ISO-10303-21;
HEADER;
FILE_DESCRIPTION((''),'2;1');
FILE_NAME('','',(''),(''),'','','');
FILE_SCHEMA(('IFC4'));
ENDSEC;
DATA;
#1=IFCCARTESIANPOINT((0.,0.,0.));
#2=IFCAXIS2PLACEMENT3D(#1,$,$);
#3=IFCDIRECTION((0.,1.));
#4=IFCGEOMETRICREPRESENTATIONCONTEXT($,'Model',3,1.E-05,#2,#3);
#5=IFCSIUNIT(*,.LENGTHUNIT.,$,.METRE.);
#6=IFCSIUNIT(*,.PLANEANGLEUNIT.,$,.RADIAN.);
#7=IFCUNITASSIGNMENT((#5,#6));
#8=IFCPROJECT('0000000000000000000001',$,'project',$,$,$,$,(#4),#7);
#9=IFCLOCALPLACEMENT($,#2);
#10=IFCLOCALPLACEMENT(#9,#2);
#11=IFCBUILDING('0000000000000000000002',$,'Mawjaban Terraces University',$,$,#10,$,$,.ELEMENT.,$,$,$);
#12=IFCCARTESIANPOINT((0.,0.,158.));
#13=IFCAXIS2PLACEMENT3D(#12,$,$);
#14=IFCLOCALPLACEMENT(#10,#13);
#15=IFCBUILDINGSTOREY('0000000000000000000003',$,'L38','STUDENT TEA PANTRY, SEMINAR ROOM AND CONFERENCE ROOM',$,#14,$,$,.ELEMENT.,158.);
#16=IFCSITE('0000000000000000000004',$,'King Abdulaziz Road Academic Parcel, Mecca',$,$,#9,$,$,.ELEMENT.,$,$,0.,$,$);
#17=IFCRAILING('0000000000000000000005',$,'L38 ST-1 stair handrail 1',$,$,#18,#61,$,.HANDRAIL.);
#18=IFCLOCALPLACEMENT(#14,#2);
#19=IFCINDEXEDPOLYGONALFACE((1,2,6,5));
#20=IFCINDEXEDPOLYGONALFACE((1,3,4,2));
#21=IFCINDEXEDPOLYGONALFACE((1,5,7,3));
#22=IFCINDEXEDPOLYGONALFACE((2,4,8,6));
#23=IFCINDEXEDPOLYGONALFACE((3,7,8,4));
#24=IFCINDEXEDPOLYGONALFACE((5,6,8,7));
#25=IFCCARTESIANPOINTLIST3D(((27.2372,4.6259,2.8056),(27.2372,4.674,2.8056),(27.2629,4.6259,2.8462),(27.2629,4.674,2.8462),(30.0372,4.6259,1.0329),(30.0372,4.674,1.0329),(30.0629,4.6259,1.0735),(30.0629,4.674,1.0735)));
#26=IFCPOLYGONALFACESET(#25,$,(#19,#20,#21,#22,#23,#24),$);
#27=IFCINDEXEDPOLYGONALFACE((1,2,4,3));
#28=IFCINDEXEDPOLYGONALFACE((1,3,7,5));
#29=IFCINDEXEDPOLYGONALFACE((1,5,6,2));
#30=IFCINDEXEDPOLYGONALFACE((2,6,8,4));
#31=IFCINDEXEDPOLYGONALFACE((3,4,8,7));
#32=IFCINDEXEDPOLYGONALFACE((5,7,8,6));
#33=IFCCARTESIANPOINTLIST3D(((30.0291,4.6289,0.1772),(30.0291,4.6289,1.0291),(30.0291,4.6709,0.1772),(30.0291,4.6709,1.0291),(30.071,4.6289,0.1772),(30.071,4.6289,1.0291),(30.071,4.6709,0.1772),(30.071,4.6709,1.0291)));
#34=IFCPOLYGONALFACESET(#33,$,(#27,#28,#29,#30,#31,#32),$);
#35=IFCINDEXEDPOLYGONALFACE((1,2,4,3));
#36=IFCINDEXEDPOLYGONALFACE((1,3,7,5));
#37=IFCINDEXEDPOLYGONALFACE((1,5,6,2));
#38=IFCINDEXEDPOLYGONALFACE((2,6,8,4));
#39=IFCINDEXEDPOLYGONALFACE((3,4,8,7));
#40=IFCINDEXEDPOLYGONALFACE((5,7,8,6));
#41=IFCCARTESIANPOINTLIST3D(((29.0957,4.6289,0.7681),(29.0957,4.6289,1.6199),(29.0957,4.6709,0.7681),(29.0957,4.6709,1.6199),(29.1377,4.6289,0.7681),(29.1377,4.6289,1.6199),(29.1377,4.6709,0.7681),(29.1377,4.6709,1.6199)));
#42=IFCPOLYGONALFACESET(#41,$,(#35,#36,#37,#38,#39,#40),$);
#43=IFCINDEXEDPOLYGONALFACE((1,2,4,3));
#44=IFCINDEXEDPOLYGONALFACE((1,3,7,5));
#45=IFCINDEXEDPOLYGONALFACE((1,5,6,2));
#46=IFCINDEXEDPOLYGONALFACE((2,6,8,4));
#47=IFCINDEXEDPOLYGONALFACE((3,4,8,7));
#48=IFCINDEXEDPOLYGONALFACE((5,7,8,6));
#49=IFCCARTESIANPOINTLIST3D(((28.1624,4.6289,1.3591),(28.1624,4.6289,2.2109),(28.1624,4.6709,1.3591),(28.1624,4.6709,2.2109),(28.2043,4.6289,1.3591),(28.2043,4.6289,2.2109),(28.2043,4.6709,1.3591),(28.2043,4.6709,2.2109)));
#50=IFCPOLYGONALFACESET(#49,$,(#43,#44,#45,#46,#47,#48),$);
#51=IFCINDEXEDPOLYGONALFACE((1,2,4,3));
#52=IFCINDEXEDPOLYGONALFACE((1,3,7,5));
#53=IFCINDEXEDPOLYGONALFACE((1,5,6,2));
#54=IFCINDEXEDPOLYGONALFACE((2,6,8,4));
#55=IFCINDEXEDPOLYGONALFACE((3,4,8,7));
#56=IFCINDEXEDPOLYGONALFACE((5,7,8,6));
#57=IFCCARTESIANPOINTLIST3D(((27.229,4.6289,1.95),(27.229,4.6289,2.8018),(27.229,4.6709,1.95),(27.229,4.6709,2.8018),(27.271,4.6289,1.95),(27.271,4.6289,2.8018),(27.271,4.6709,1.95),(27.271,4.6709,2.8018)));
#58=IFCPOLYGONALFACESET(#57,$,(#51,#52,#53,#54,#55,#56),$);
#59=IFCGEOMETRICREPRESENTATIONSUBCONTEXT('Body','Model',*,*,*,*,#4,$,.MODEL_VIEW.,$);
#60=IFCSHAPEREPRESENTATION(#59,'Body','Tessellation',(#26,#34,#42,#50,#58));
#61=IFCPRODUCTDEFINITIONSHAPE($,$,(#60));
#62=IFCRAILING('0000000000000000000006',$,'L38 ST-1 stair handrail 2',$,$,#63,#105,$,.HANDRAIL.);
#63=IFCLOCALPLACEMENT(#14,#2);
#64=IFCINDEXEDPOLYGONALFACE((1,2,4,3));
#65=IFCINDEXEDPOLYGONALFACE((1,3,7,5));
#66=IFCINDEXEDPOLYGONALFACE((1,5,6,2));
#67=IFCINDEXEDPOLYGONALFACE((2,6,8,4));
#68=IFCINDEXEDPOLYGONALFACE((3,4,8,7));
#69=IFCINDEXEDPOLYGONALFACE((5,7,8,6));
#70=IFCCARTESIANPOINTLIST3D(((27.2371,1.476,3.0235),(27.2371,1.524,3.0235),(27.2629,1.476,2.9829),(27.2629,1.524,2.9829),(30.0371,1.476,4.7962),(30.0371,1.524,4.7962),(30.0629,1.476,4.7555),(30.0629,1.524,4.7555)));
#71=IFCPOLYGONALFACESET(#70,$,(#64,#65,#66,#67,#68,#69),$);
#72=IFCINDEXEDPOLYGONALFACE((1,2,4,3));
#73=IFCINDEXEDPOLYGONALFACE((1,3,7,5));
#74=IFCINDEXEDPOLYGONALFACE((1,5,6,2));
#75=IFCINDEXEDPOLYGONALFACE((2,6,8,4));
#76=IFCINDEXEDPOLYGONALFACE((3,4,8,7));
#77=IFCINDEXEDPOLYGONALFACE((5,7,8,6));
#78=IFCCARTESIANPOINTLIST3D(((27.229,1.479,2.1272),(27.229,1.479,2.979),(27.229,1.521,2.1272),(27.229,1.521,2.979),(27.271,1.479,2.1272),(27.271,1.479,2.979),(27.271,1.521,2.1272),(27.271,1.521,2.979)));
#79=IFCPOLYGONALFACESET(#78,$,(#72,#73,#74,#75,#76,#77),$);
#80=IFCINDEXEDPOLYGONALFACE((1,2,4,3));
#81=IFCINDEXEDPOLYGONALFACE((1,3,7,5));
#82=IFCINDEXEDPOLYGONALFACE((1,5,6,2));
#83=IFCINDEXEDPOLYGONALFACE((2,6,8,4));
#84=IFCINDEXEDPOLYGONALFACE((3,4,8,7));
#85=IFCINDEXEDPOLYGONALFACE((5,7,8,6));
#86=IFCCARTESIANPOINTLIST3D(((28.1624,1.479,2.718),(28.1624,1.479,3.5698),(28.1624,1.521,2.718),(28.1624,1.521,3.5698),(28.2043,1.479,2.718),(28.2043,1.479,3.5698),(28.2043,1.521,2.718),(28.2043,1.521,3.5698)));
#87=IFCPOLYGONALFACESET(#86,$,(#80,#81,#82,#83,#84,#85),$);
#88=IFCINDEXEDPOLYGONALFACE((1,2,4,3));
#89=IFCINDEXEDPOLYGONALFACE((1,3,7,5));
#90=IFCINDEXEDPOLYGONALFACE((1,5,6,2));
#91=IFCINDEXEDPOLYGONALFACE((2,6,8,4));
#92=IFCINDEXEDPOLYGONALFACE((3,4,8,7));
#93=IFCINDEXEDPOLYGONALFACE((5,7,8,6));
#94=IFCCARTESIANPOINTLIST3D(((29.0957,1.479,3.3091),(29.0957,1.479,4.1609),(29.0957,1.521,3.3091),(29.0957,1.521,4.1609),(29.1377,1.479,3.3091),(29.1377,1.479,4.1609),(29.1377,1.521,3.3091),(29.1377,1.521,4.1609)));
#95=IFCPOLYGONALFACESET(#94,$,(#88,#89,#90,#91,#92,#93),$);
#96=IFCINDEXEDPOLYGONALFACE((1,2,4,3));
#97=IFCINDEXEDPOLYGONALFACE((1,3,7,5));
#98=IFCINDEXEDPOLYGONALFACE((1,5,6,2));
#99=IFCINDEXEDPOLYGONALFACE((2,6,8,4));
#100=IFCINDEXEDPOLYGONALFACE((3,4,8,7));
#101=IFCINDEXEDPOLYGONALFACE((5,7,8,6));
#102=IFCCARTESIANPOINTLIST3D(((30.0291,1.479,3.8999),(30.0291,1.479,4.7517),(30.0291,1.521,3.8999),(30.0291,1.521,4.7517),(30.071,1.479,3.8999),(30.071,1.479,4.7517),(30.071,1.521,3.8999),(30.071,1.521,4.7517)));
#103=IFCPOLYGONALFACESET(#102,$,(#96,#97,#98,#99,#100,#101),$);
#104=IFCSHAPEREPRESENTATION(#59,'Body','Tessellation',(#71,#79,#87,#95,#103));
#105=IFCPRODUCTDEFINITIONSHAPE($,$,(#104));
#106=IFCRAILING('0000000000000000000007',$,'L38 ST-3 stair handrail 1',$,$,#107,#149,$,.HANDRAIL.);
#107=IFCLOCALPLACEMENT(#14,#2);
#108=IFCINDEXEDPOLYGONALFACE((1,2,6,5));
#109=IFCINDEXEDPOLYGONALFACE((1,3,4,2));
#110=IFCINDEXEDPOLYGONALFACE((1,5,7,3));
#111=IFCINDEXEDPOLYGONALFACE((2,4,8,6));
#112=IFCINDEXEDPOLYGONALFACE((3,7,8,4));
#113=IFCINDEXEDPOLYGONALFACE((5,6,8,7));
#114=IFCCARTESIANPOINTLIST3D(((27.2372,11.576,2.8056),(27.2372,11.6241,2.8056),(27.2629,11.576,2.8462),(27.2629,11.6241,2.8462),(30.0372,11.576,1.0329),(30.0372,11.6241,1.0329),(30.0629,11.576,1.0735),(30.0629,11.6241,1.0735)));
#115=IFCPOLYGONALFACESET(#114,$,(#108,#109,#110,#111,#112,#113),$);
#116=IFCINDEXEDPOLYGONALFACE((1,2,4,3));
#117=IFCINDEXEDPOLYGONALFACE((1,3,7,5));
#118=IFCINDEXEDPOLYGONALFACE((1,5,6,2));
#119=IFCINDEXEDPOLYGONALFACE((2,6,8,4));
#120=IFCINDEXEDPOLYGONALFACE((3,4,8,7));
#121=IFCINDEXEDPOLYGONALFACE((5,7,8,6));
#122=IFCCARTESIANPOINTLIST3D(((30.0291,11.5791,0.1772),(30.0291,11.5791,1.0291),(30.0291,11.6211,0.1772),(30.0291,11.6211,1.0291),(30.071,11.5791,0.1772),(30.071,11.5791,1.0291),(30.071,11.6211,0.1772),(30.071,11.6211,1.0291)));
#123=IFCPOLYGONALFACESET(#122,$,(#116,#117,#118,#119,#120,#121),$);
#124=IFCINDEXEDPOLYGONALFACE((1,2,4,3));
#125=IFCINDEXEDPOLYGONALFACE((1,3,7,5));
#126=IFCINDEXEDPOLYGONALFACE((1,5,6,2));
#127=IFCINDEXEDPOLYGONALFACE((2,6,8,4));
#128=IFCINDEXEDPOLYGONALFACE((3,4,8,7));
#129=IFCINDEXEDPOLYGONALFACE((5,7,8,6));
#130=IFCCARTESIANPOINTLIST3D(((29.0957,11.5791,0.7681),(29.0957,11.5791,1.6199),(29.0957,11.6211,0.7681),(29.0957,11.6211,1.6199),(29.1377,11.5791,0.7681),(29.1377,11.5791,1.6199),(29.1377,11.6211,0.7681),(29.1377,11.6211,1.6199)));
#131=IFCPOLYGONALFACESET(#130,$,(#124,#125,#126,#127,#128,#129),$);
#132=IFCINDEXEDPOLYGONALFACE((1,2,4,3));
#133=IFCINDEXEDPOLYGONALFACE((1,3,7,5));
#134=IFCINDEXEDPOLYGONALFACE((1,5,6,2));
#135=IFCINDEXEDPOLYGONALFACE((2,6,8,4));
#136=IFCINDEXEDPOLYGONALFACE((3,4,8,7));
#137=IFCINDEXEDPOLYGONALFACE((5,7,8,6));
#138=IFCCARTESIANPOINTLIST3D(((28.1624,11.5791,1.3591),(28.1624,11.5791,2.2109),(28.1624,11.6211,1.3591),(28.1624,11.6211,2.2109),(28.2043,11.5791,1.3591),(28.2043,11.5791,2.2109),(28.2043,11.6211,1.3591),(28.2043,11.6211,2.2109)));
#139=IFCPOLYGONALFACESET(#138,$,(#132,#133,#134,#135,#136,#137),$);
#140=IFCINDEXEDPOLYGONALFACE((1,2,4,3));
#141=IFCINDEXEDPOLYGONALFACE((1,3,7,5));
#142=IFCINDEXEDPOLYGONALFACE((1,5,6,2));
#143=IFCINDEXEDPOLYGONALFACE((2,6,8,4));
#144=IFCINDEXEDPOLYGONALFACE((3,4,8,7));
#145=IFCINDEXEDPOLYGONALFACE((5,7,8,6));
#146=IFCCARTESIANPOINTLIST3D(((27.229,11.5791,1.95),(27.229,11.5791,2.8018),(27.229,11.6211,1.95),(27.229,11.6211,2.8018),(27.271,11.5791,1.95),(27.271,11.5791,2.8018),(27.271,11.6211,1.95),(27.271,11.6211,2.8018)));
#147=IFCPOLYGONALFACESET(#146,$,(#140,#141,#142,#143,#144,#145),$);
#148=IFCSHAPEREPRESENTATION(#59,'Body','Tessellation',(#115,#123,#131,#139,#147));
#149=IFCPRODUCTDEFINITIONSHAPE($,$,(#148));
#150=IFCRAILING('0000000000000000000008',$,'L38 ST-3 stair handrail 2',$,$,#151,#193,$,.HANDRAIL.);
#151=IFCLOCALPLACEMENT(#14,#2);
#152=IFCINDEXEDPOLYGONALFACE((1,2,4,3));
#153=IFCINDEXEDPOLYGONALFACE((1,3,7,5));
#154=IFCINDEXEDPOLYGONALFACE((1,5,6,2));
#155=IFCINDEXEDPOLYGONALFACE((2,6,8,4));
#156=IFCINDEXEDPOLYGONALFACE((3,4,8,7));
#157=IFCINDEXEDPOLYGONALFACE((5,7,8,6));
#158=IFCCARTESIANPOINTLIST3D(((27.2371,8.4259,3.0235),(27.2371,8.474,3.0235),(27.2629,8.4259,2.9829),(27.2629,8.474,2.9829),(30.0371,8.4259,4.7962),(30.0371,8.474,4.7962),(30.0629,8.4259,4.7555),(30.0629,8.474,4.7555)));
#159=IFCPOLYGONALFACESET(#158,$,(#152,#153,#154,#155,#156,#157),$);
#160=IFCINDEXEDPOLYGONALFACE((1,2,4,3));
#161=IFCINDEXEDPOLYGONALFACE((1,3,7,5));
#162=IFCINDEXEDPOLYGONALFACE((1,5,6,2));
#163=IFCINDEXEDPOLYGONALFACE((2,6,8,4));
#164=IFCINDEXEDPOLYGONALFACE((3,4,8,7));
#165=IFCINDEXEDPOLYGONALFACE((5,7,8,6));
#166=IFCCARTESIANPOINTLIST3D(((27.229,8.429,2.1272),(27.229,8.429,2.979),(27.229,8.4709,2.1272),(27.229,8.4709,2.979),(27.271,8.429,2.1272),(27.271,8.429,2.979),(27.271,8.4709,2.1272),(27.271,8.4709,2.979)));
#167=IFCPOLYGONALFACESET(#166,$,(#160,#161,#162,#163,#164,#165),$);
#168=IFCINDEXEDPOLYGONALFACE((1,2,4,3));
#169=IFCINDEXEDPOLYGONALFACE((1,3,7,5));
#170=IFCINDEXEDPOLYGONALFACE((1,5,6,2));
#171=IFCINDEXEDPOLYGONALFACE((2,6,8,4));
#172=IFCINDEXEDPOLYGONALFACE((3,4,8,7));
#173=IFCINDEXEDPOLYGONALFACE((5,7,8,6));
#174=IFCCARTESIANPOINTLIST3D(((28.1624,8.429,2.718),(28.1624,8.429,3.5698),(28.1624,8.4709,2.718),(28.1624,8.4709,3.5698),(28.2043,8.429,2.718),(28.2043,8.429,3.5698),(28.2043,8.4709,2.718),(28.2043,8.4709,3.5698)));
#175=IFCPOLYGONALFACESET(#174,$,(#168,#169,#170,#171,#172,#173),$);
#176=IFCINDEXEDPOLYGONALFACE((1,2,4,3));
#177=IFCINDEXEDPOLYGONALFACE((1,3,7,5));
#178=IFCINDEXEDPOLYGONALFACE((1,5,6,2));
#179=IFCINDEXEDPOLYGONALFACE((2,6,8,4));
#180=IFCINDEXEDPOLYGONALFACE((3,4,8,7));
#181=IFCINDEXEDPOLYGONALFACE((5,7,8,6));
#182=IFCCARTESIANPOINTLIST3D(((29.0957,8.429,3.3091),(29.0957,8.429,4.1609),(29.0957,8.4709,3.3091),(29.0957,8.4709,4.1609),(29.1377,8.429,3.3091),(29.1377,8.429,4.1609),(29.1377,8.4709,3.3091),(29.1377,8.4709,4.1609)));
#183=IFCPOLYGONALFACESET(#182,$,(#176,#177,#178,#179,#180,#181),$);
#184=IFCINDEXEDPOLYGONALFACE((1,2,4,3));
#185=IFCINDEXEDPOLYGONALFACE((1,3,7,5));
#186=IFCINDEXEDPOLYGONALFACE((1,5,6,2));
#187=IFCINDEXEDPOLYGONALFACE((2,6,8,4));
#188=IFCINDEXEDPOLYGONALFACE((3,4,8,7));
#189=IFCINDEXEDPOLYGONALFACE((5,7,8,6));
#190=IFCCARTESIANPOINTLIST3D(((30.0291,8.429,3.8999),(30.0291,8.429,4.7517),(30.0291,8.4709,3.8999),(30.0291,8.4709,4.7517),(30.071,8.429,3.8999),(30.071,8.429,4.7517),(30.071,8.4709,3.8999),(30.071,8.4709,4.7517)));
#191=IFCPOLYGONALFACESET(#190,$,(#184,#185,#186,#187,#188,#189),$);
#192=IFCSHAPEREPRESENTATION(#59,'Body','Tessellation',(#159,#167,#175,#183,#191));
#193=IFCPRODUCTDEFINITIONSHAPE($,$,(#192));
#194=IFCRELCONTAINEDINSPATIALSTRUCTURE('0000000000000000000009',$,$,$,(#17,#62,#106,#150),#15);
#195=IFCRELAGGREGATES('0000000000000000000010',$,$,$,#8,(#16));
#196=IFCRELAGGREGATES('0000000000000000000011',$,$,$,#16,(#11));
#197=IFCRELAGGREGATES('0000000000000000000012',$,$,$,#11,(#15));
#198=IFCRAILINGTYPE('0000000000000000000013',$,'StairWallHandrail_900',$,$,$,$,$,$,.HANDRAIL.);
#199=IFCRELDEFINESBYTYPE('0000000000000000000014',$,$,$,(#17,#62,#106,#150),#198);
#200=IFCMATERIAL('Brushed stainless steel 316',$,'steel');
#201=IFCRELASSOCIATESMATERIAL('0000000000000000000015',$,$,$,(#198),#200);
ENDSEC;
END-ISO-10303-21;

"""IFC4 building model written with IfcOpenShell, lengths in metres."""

from ifc_helpers import new_model, si_unit, direction, frame, origin, origin_2d, place, context, subcontext, project, spatial, rectangle, extrude, material, type_object, element, save


model = new_model("IFC4")

# Units and contexts
model_context = context("Model", 3, precision=1e-05, world=origin(), true_north=direction((0.0, 1.0)))
body_context = subcontext(model_context, "Body", "Model", "MODEL_VIEW")
ifc_project = project(units=[si_unit("LENGTHUNIT", "METRE"), si_unit("PLANEANGLEUNIT", "RADIAN")], contexts=[model_context])

# Site, building, storey
site_placement = place(None, origin())
site = spatial("IfcSite", under=ifc_project, at=site_placement, Name="King Abdulaziz Road Academic Parcel, Mecca", CompositionType="ELEMENT", RefElevation=0.0)
building_placement = place(site_placement, origin())
building = spatial("IfcBuilding", under=site, at=building_placement, Name="Mawjaban Terraces University", CompositionType="ELEMENT")
storey_placement = place(building_placement, frame((0.0, 0.0, 158.0)))
storey = spatial("IfcBuildingStorey", under=building, at=storey_placement, Name="L38", Description="STUDENT TEA PANTRY, SEMINAR ROOM AND CONFERENCE ROOM", CompositionType="ELEMENT", Elevation=158.0)

# Railings
ifc_material_1 = material(Name="Brushed stainless steel 316", Category="steel")
railing_type_1 = type_object("IfcRailingType", Name="StairWallHandrail_900", PredefinedType="HANDRAIL", material=ifc_material_1)
railing_1_placement = place(storey_placement, frame((30.05, 4.6499, 0.1772)))
element("IfcRailing", 1, at=railing_1_placement, inside=storey, type_object=railing_type_1, Name="L38 ST-1 stair handrail 1", PredefinedType="HANDRAIL", context=body_context, shape_type="SweptSolid", body=[
    extrude(rectangle(XDim=0.0481, YDim=0.0481, at=origin_2d()), frame((0.0, 0.0, 0.876), z_axis=(-0.844909, 0.0, 0.53491), x_axis=(0.0, -1.0, 0.0)), (0.0, 0.0, 1.0), 3.314),
    extrude(rectangle(XDim=0.042, YDim=0.042, at=origin_2d()), origin(), (0.0, 0.0, 1.0), 0.8518),
    extrude(rectangle(XDim=0.042, YDim=0.042, at=origin_2d()), frame((-0.9333, 0.0, 0.5908)), (0.0, 0.0, 1.0), 0.8518),
    extrude(rectangle(XDim=0.042, YDim=0.042, at=origin_2d()), frame((-1.8667, 0.0, 1.1819)), (0.0, 0.0, 1.0), 0.8518),
    extrude(rectangle(XDim=0.042, YDim=0.042, at=origin_2d()), frame((-2.8, 0.0, 1.7727)), (0.0, 0.0, 1.0), 0.8518),
])
railing_2_placement = place(storey_placement, frame((27.25, 1.5, 2.1272)))
element("IfcRailing", 2, at=railing_2_placement, inside=storey, type_object=railing_type_1, Name="L38 ST-1 stair handrail 2", PredefinedType="HANDRAIL", context=body_context, shape_type="SweptSolid", body=[
    extrude(rectangle(XDim=0.0481, YDim=0.0481, at=origin_2d()), frame((0.0, 0.0, 0.876), z_axis=(0.844909, 0.0, 0.53491), x_axis=(0.0, 1.0, 0.0)), (0.0, 0.0, 1.0), 3.314),
    extrude(rectangle(XDim=0.042, YDim=0.042, at=origin_2d()), origin(), (0.0, 0.0, 1.0), 0.8518),
    extrude(rectangle(XDim=0.042, YDim=0.042, at=origin_2d()), frame((0.9333, 0.0, 0.5908)), (0.0, 0.0, 1.0), 0.8518),
    extrude(rectangle(XDim=0.042, YDim=0.042, at=origin_2d()), frame((1.8667, 0.0, 1.1819)), (0.0, 0.0, 1.0), 0.8518),
    extrude(rectangle(XDim=0.042, YDim=0.042, at=origin_2d()), frame((2.8, 0.0, 1.7727)), (0.0, 0.0, 1.0), 0.8518),
])
railing_3_placement = place(storey_placement, frame((30.05, 11.6001, 0.1772)))
element("IfcRailing", 3, at=railing_3_placement, inside=storey, type_object=railing_type_1, Name="L38 ST-3 stair handrail 1", PredefinedType="HANDRAIL", context=body_context, shape_type="SweptSolid", body=[
    extrude(rectangle(XDim=0.0481, YDim=0.0481, at=origin_2d()), frame((0.0, 0.0, 0.876), z_axis=(-0.844909, 0.0, 0.53491), x_axis=(0.0, -1.0, 0.0)), (0.0, 0.0, 1.0), 3.314),
    extrude(rectangle(XDim=0.042, YDim=0.042, at=origin_2d()), origin(), (0.0, 0.0, 1.0), 0.8518),
    extrude(rectangle(XDim=0.042, YDim=0.042, at=origin_2d()), frame((-0.9333, 0.0, 0.5908)), (0.0, 0.0, 1.0), 0.8518),
    extrude(rectangle(XDim=0.042, YDim=0.042, at=origin_2d()), frame((-1.8667, 0.0, 1.1819)), (0.0, 0.0, 1.0), 0.8518),
    extrude(rectangle(XDim=0.042, YDim=0.042, at=origin_2d()), frame((-2.8, 0.0, 1.7727)), (0.0, 0.0, 1.0), 0.8518),
])
railing_4_placement = place(storey_placement, frame((27.25, 8.45, 2.1272)))
element("IfcRailing", 4, at=railing_4_placement, inside=storey, type_object=railing_type_1, Name="L38 ST-3 stair handrail 2", PredefinedType="HANDRAIL", context=body_context, shape_type="SweptSolid", body=[
    extrude(rectangle(XDim=0.0481, YDim=0.0481, at=origin_2d()), frame((0.0, 0.0, 0.876), z_axis=(0.844909, 0.0, 0.53491), x_axis=(0.0, 1.0, 0.0)), (0.0, 0.0, 1.0), 3.314),
    extrude(rectangle(XDim=0.042, YDim=0.042, at=origin_2d()), origin(), (0.0, 0.0, 1.0), 0.8518),
    extrude(rectangle(XDim=0.042, YDim=0.042, at=origin_2d()), frame((0.9333, 0.0, 0.5908)), (0.0, 0.0, 1.0), 0.8518),
    extrude(rectangle(XDim=0.042, YDim=0.042, at=origin_2d()), frame((1.8667, 0.0, 1.1819)), (0.0, 0.0, 1.0), 0.8518),
    extrude(rectangle(XDim=0.042, YDim=0.042, at=origin_2d()), frame((2.8, 0.0, 1.7727)), (0.0, 0.0, 1.0), 0.8518),
])

save(model, "model.ifc")
